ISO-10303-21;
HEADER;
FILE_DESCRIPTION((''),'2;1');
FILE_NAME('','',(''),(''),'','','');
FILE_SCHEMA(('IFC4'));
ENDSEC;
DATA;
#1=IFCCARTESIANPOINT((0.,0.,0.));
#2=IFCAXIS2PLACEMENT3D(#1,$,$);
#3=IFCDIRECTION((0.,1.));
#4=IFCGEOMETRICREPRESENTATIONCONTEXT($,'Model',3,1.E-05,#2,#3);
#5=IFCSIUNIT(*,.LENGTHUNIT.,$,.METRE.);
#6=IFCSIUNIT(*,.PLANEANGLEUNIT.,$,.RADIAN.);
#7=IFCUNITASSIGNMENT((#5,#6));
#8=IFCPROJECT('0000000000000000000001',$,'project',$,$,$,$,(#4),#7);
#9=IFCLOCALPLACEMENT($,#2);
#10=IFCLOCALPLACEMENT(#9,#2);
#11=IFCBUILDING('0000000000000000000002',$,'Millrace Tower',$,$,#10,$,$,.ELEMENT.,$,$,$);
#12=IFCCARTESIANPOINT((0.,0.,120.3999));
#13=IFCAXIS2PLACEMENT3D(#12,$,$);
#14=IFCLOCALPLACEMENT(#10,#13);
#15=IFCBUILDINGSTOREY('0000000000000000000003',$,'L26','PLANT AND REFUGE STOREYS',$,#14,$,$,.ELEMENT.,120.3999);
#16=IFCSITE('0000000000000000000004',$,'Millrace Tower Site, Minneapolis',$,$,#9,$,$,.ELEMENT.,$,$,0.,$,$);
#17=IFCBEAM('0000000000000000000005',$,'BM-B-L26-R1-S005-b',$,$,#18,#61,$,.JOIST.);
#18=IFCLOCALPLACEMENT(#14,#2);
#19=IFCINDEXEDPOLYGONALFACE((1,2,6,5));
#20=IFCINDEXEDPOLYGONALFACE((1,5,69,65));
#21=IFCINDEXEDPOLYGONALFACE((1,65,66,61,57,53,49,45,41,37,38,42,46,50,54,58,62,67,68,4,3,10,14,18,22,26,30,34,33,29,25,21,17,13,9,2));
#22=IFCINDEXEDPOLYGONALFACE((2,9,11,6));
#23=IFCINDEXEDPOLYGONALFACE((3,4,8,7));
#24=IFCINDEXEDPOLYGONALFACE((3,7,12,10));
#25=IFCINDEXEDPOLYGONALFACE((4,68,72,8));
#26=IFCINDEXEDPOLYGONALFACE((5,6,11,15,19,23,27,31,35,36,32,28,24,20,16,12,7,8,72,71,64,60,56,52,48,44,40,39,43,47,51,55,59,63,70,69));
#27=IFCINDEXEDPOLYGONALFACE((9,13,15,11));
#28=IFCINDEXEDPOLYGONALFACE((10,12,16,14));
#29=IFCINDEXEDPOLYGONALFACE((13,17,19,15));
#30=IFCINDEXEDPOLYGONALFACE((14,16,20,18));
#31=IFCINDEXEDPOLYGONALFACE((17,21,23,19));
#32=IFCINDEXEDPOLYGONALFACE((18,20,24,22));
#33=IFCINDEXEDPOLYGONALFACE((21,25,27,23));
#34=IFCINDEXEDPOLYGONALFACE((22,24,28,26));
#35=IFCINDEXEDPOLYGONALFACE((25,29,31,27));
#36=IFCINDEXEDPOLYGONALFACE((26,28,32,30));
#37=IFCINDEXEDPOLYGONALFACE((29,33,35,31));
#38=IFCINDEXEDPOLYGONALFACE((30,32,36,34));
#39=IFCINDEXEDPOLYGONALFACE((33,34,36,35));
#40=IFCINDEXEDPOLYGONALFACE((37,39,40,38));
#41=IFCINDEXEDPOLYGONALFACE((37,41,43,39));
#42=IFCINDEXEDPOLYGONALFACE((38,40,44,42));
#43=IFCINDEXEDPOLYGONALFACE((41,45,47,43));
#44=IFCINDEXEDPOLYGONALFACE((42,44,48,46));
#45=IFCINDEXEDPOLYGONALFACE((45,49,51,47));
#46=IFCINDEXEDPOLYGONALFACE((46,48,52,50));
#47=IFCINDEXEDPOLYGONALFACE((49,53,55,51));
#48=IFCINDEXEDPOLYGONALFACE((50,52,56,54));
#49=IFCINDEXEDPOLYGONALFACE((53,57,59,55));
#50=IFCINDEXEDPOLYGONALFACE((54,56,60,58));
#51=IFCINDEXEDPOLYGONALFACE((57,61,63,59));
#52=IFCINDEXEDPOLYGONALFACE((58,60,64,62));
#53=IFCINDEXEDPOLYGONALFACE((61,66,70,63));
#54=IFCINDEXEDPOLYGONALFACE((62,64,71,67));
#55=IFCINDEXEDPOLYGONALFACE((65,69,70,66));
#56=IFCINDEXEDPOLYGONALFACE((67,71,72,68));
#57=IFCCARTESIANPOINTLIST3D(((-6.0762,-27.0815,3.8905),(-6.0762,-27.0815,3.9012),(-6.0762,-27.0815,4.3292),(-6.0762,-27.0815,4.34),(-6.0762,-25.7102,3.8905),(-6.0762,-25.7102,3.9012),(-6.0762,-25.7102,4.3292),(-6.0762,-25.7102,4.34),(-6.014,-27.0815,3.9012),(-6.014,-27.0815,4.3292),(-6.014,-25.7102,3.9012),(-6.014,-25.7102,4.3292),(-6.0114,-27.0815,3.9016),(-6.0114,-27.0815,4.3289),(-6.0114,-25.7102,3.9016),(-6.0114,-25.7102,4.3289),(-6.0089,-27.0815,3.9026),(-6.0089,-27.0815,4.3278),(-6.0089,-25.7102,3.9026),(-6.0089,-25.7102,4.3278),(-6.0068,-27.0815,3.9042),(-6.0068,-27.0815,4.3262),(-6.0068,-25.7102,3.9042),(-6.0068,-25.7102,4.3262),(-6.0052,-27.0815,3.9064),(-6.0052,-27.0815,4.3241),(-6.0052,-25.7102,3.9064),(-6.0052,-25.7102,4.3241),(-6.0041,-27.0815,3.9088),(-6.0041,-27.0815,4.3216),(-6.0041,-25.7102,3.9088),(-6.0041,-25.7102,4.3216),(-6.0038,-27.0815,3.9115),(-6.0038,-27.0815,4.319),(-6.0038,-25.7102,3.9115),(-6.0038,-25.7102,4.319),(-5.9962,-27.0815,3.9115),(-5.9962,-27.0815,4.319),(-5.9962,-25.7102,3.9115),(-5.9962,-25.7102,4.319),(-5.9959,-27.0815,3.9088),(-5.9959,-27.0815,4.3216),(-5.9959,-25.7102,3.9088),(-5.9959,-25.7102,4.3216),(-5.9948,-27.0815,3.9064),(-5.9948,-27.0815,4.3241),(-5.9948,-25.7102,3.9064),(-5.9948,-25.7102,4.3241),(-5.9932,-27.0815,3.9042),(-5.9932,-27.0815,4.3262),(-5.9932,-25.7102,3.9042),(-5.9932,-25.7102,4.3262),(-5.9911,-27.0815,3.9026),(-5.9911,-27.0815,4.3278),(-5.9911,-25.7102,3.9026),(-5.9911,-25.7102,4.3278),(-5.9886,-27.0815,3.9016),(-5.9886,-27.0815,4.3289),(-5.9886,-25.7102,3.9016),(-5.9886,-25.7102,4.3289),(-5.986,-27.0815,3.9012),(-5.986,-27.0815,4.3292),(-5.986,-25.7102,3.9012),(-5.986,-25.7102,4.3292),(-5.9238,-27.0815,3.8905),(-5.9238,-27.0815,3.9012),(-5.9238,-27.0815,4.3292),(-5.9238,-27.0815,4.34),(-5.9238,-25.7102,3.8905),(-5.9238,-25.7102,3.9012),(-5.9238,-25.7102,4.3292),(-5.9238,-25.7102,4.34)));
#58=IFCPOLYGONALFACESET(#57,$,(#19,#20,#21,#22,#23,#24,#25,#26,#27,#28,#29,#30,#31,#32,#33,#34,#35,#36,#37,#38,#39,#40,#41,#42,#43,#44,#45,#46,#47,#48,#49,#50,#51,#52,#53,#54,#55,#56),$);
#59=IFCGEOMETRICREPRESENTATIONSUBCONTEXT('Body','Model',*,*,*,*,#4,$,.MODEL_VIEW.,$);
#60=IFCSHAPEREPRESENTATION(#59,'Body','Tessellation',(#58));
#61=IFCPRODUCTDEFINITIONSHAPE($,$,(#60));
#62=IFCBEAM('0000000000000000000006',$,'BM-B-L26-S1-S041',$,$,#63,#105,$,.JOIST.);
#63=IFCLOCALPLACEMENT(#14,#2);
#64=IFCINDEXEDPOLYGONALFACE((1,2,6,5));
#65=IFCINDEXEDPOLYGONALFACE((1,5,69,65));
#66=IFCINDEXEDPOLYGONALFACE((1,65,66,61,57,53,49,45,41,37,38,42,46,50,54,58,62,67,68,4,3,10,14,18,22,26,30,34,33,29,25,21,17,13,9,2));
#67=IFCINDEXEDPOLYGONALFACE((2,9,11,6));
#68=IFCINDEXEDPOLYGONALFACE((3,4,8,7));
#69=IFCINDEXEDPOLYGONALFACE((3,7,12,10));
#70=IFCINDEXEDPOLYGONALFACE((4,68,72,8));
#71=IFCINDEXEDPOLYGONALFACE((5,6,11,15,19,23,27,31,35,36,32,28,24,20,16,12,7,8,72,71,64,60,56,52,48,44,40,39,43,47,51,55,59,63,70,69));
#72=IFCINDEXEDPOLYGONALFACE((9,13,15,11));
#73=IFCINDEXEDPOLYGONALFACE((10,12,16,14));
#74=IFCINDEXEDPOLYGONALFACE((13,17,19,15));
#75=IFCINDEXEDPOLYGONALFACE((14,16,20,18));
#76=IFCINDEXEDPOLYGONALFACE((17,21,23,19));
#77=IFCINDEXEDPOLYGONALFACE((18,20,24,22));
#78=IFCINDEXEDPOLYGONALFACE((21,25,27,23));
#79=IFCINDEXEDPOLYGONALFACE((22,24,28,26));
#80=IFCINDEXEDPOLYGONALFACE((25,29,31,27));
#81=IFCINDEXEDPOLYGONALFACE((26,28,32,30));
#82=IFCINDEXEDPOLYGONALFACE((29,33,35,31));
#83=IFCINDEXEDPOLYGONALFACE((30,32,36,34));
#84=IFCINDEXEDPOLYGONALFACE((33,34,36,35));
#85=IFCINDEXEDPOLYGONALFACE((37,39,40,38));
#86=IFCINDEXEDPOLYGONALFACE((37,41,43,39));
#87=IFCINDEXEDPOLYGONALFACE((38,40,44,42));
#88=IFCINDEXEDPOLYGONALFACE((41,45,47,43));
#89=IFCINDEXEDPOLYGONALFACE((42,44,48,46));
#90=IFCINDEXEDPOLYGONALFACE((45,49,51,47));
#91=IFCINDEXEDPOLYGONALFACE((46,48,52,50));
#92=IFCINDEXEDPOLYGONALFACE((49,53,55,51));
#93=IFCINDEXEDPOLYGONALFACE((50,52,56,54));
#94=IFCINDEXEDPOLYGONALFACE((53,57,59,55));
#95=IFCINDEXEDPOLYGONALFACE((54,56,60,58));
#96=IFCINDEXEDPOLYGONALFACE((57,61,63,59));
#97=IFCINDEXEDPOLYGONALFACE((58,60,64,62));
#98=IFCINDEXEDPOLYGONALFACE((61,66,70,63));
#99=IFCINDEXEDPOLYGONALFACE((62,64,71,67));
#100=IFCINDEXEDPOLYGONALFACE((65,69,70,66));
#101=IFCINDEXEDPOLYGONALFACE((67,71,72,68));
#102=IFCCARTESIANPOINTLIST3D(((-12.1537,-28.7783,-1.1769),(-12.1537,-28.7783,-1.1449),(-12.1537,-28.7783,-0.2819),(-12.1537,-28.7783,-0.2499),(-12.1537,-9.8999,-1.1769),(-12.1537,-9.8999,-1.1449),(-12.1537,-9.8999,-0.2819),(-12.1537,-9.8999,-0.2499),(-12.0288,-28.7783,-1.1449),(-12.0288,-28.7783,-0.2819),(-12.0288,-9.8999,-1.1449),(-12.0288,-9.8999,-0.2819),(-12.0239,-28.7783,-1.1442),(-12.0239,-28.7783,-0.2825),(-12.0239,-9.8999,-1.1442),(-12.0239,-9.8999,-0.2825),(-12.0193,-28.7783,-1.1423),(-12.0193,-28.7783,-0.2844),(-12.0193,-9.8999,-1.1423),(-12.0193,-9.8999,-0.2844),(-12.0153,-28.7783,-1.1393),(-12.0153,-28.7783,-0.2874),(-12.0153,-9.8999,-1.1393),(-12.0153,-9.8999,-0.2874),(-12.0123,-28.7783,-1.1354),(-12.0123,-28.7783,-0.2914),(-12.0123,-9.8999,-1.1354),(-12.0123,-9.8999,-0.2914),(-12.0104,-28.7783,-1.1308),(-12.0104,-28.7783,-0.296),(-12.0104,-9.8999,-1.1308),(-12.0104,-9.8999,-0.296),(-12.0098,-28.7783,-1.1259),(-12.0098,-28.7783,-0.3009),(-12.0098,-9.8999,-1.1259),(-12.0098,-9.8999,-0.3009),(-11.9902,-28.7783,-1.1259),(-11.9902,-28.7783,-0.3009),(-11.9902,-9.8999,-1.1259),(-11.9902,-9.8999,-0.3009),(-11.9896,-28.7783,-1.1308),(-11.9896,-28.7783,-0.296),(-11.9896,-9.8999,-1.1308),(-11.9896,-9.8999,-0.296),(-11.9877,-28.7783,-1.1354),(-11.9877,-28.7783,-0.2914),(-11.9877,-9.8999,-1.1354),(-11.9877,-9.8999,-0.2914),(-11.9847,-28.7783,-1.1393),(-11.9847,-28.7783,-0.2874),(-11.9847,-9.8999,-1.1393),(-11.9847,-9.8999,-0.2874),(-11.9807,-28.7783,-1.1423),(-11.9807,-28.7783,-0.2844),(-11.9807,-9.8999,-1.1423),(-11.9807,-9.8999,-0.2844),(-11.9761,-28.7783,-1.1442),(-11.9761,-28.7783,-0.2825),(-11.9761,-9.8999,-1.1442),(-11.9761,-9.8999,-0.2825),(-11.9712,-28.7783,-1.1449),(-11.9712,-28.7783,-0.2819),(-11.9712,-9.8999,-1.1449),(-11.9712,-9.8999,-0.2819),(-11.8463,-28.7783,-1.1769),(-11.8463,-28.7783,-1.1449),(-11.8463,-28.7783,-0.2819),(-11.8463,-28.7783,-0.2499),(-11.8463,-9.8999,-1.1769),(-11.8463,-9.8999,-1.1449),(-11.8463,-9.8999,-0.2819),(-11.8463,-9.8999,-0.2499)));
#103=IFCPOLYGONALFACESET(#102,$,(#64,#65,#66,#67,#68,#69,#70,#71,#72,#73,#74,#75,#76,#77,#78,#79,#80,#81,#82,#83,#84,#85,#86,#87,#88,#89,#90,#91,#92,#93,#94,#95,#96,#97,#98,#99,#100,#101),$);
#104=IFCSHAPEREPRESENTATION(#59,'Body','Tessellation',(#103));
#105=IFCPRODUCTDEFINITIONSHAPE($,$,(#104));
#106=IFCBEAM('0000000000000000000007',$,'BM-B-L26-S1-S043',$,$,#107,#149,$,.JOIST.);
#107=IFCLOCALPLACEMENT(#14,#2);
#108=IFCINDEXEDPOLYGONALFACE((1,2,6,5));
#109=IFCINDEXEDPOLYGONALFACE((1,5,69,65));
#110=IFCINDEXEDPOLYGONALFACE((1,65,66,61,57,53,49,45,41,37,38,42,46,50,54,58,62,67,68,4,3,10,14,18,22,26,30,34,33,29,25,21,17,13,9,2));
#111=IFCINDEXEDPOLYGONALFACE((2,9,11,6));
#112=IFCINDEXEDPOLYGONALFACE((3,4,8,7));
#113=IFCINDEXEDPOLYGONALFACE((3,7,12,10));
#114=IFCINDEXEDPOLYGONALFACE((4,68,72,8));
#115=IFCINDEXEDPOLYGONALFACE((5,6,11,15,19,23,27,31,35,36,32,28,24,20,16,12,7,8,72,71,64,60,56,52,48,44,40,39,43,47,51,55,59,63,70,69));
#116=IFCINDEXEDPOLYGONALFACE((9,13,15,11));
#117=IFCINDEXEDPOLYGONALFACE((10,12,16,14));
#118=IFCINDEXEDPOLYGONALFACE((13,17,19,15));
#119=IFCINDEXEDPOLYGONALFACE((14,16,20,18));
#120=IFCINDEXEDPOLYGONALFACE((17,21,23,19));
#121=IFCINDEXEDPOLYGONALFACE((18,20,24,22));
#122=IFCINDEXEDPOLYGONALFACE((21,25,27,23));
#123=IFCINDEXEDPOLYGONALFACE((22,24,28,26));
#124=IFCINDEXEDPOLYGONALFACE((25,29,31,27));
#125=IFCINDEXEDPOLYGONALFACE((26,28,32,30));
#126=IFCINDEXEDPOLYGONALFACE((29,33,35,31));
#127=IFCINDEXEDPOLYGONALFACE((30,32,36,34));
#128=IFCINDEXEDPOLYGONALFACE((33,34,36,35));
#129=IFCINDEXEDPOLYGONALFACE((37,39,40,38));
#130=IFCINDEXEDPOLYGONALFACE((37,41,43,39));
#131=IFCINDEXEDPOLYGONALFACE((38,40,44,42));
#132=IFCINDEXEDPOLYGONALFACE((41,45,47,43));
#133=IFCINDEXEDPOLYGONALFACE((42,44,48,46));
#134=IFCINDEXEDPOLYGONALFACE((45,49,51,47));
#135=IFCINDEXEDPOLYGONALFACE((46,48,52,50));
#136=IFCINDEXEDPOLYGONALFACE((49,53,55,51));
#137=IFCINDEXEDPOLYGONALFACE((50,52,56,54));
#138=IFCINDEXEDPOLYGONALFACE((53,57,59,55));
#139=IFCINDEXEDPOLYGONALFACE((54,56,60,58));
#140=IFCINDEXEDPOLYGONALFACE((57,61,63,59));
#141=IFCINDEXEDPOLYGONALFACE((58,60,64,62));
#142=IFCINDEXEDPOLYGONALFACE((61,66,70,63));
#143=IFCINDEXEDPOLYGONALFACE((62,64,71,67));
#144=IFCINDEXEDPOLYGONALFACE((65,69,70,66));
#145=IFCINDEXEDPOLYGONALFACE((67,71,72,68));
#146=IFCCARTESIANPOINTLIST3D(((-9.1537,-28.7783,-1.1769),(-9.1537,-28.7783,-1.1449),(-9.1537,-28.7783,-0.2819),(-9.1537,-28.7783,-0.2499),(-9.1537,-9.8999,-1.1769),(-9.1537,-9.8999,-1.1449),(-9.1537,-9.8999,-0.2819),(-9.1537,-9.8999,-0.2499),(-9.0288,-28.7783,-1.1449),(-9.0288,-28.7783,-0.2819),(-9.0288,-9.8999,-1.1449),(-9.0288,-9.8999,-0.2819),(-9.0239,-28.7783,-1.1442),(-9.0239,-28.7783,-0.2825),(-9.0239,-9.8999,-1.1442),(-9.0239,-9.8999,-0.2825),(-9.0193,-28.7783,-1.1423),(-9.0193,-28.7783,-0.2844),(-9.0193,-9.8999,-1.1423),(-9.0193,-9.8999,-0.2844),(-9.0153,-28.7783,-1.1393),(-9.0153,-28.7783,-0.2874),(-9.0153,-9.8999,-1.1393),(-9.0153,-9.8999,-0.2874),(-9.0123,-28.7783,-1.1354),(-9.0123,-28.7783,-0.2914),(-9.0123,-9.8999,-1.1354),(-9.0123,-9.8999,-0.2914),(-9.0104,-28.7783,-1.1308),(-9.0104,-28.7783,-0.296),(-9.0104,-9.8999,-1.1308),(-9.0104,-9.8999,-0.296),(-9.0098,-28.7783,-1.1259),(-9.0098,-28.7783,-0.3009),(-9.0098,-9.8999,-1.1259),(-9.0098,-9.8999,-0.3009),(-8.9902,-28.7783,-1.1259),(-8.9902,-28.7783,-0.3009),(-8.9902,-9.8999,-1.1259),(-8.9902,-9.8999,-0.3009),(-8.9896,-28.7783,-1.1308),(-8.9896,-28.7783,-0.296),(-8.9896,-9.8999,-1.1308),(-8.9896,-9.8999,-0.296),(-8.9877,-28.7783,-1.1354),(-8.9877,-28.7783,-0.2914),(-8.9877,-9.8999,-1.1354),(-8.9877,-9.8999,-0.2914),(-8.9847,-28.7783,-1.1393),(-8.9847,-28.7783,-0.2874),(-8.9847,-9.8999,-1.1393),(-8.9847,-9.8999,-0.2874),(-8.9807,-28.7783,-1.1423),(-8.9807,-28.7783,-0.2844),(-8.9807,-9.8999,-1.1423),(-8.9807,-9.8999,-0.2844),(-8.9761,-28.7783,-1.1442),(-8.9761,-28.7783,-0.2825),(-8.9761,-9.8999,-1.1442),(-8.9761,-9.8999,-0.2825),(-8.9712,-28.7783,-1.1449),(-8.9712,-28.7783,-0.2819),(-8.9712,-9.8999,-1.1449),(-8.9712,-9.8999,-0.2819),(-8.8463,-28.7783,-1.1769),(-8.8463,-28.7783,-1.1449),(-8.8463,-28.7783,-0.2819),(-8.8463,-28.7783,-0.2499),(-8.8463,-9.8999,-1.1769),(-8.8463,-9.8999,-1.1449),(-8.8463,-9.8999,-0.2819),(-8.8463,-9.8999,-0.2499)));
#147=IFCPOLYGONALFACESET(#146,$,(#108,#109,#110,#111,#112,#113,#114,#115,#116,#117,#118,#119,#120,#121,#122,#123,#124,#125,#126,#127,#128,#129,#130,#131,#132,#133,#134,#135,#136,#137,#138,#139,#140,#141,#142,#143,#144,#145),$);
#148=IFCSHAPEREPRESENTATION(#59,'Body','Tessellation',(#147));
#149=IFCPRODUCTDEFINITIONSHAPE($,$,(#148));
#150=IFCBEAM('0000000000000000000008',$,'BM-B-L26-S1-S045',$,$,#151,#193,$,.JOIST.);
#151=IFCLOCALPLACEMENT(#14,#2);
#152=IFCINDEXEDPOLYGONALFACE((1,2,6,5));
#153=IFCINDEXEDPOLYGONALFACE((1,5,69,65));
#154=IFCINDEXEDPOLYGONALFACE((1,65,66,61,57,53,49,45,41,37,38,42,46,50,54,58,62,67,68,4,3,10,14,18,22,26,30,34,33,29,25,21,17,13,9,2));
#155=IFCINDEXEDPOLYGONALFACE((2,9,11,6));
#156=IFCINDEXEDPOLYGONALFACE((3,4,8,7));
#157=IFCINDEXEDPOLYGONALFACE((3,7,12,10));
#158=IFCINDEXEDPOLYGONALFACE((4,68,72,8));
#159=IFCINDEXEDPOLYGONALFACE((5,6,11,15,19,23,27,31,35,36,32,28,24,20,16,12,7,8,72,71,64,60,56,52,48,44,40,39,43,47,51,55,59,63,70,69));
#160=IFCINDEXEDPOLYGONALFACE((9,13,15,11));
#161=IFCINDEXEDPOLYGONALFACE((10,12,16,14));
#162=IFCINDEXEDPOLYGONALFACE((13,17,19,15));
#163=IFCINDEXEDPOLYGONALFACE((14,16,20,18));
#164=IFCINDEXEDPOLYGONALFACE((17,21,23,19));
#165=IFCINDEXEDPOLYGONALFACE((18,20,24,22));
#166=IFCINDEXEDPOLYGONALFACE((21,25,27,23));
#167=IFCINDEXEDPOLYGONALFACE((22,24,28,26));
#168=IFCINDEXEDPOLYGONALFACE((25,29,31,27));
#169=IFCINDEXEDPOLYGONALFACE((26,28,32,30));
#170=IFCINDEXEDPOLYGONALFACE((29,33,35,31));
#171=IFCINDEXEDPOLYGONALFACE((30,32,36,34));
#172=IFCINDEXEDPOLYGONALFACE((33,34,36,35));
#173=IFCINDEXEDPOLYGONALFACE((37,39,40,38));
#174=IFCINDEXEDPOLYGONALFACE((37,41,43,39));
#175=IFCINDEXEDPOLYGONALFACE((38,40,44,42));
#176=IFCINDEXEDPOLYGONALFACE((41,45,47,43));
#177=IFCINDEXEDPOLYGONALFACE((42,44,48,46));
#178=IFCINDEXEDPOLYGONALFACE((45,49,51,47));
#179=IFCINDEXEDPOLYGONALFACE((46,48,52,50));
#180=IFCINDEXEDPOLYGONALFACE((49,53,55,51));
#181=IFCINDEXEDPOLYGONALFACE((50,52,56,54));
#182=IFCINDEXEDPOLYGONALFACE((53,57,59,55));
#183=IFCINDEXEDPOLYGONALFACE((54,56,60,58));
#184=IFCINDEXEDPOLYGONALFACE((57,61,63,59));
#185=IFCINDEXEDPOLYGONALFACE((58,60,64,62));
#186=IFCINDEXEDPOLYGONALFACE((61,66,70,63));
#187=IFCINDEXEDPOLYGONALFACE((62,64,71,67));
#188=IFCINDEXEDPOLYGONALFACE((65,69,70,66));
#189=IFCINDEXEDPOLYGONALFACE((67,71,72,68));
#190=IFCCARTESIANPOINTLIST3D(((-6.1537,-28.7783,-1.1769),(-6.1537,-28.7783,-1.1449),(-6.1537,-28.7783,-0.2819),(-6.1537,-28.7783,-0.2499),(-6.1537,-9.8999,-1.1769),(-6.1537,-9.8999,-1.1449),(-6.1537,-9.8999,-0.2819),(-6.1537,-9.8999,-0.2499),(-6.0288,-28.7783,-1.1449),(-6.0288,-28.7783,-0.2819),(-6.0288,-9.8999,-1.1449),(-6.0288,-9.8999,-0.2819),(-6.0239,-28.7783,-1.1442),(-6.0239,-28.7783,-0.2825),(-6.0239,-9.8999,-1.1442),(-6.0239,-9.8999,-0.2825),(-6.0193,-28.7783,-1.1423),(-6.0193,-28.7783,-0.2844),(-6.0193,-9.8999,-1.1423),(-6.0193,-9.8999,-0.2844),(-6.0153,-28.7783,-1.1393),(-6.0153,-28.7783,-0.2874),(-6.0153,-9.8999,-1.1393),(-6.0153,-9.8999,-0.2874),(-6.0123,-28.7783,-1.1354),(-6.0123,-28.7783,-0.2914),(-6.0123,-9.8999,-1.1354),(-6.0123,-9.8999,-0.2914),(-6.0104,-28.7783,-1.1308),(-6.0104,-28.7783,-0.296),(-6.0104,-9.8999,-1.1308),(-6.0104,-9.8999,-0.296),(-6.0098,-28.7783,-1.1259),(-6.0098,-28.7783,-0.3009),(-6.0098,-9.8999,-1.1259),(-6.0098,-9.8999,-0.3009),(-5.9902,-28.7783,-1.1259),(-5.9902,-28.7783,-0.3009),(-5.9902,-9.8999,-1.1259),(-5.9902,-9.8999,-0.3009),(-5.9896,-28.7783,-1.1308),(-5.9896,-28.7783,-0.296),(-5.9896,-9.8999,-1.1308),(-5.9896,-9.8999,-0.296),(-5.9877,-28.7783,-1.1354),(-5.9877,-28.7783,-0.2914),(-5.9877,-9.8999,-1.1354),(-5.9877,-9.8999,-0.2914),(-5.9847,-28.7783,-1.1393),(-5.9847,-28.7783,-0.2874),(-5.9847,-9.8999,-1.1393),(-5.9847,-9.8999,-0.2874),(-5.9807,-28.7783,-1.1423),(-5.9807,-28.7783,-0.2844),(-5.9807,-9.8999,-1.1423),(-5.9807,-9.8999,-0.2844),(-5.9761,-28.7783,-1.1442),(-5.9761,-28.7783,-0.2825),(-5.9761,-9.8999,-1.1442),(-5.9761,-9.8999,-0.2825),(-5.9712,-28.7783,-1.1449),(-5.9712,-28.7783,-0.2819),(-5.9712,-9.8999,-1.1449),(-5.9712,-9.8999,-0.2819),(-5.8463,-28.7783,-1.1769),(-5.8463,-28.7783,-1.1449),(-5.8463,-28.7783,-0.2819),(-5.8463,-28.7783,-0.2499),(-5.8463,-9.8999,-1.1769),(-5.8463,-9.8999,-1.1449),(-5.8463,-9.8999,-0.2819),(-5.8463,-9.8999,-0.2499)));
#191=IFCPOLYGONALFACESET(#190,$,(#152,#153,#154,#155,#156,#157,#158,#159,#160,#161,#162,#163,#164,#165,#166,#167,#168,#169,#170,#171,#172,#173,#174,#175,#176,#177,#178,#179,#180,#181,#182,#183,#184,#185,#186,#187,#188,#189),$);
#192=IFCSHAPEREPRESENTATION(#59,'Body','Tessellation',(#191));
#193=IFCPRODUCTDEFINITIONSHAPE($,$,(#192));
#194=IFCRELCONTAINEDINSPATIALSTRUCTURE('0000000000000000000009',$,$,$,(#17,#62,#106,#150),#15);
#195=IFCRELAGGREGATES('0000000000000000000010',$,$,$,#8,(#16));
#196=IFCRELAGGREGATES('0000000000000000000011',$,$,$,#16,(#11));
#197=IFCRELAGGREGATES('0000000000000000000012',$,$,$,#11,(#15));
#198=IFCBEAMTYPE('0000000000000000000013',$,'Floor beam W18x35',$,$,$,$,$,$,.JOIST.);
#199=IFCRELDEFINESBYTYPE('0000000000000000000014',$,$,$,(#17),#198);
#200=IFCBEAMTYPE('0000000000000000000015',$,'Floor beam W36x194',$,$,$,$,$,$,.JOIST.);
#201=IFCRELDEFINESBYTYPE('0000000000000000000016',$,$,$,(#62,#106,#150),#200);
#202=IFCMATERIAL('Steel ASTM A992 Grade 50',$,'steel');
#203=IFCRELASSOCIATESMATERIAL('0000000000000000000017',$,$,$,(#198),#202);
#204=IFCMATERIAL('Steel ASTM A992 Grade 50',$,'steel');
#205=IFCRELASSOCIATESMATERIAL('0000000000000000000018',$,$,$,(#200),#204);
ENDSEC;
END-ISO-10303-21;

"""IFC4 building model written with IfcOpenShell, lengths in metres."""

from ifc_helpers import new_model, si_unit, direction, frame, origin, origin_2d, place, context, subcontext, project, spatial, i_section, extrude, material, material_profile, profile_set, type_object, element, save


model = new_model("IFC4")

# Units and contexts
model_context = context("Model", 3, precision=1e-05, world=origin(), true_north=direction((0.0, 1.0)))
body_context = subcontext(model_context, "Body", "Model", "MODEL_VIEW")
ifc_project = project(units=[si_unit("LENGTHUNIT", "METRE"), si_unit("PLANEANGLEUNIT", "RADIAN")], contexts=[model_context])

# Site, building, storey
site_placement = place(None, origin())
site = spatial("IfcSite", under=ifc_project, at=site_placement, Name="Millrace Tower Site, Minneapolis", CompositionType="ELEMENT", RefElevation=0.0)
building_placement = place(site_placement, origin())
building = spatial("IfcBuilding", under=site, at=building_placement, Name="Millrace Tower", CompositionType="ELEMENT")
storey_placement = place(building_placement, frame((0.0, 0.0, 120.3999)))
storey = spatial("IfcBuildingStorey", under=building, at=storey_placement, Name="L26", Description="PLANT AND REFUGE STOREYS", CompositionType="ELEMENT", Elevation=120.3999)

# Beams
ifc_material_1 = material(Name="Steel ASTM A992 Grade 50", Category="steel")
ifc_material_profile_1 = material_profile(ifc_material_1, i_section(OverallWidth=0.1523, OverallDepth=0.4495, WebThickness=0.0076, FlangeThickness=0.0107, FilletRadius=0.0103, at=origin_2d()))
ifc_profile_set_1 = profile_set([ifc_material_profile_1], Name="Steel ASTM A992 Grade 50")
beam_type_1 = type_object("IfcBeamType", Name="Floor beam W18x35", PredefinedType="JOIST", material=ifc_profile_set_1)
beam_1_placement = place(storey_placement, frame((-6.0, -27.0815, 4.1152), z_axis=(0.0, 1.0, 0.0), x_axis=(-1.0, 0.0, 0.0)))
element("IfcBeam", 1, at=beam_1_placement, inside=storey, type_object=beam_type_1, Name="BM-B-L26-R1-S005-b", PredefinedType="JOIST", context=body_context, shape_type="SweptSolid", body=[
    extrude(i_section(OverallWidth=0.1523, OverallDepth=0.4495, WebThickness=0.0076, FlangeThickness=0.0107, FilletRadius=0.0103, at=origin_2d()), origin(), (0.0, 0.0, 1.0), 1.3713),
])
ifc_material_2 = material(Name="Steel ASTM A992 Grade 50", Category="steel")
ifc_material_profile_2 = material_profile(ifc_material_2, i_section(OverallWidth=0.3074, OverallDepth=0.927, WebThickness=0.0195, FlangeThickness=0.032, FilletRadius=0.019, at=origin_2d()))
ifc_profile_set_2 = profile_set([ifc_material_profile_2], Name="Steel ASTM A992 Grade 50")
beam_type_2 = type_object("IfcBeamType", Name="Floor beam W36x194", PredefinedType="JOIST", material=ifc_profile_set_2)
for number, where, z_axis, x_axis, name in (
    (2, (-12.0, -28.7783, -0.7134), (0.0, 1.0, 0.0), (-1.0, 0.0, 0.0), "BM-B-L26-S1-S041"),
    (3, (-9.0, -28.7783, -0.7134), (0.0, 1.0, 0.0), (-1.0, 0.0, 0.0), "BM-B-L26-S1-S043"),
    (4, (-6.0, -28.7783, -0.7134), (0.0, 1.0, 0.0), (-1.0, 0.0, 0.0), "BM-B-L26-S1-S045"),
):
    element("IfcBeam", number, at=place(storey_placement, frame(where, z_axis=z_axis, x_axis=x_axis)), inside=storey, type_object=beam_type_2, Name=name, PredefinedType="JOIST", context=body_context, shape_type="SweptSolid", body=[
        extrude(i_section(OverallWidth=0.3074, OverallDepth=0.927, WebThickness=0.0195, FlangeThickness=0.032, FilletRadius=0.019, at=origin_2d()), origin(), (0.0, 0.0, 1.0), 18.8784),
    ])

save(model, "model.ifc")
